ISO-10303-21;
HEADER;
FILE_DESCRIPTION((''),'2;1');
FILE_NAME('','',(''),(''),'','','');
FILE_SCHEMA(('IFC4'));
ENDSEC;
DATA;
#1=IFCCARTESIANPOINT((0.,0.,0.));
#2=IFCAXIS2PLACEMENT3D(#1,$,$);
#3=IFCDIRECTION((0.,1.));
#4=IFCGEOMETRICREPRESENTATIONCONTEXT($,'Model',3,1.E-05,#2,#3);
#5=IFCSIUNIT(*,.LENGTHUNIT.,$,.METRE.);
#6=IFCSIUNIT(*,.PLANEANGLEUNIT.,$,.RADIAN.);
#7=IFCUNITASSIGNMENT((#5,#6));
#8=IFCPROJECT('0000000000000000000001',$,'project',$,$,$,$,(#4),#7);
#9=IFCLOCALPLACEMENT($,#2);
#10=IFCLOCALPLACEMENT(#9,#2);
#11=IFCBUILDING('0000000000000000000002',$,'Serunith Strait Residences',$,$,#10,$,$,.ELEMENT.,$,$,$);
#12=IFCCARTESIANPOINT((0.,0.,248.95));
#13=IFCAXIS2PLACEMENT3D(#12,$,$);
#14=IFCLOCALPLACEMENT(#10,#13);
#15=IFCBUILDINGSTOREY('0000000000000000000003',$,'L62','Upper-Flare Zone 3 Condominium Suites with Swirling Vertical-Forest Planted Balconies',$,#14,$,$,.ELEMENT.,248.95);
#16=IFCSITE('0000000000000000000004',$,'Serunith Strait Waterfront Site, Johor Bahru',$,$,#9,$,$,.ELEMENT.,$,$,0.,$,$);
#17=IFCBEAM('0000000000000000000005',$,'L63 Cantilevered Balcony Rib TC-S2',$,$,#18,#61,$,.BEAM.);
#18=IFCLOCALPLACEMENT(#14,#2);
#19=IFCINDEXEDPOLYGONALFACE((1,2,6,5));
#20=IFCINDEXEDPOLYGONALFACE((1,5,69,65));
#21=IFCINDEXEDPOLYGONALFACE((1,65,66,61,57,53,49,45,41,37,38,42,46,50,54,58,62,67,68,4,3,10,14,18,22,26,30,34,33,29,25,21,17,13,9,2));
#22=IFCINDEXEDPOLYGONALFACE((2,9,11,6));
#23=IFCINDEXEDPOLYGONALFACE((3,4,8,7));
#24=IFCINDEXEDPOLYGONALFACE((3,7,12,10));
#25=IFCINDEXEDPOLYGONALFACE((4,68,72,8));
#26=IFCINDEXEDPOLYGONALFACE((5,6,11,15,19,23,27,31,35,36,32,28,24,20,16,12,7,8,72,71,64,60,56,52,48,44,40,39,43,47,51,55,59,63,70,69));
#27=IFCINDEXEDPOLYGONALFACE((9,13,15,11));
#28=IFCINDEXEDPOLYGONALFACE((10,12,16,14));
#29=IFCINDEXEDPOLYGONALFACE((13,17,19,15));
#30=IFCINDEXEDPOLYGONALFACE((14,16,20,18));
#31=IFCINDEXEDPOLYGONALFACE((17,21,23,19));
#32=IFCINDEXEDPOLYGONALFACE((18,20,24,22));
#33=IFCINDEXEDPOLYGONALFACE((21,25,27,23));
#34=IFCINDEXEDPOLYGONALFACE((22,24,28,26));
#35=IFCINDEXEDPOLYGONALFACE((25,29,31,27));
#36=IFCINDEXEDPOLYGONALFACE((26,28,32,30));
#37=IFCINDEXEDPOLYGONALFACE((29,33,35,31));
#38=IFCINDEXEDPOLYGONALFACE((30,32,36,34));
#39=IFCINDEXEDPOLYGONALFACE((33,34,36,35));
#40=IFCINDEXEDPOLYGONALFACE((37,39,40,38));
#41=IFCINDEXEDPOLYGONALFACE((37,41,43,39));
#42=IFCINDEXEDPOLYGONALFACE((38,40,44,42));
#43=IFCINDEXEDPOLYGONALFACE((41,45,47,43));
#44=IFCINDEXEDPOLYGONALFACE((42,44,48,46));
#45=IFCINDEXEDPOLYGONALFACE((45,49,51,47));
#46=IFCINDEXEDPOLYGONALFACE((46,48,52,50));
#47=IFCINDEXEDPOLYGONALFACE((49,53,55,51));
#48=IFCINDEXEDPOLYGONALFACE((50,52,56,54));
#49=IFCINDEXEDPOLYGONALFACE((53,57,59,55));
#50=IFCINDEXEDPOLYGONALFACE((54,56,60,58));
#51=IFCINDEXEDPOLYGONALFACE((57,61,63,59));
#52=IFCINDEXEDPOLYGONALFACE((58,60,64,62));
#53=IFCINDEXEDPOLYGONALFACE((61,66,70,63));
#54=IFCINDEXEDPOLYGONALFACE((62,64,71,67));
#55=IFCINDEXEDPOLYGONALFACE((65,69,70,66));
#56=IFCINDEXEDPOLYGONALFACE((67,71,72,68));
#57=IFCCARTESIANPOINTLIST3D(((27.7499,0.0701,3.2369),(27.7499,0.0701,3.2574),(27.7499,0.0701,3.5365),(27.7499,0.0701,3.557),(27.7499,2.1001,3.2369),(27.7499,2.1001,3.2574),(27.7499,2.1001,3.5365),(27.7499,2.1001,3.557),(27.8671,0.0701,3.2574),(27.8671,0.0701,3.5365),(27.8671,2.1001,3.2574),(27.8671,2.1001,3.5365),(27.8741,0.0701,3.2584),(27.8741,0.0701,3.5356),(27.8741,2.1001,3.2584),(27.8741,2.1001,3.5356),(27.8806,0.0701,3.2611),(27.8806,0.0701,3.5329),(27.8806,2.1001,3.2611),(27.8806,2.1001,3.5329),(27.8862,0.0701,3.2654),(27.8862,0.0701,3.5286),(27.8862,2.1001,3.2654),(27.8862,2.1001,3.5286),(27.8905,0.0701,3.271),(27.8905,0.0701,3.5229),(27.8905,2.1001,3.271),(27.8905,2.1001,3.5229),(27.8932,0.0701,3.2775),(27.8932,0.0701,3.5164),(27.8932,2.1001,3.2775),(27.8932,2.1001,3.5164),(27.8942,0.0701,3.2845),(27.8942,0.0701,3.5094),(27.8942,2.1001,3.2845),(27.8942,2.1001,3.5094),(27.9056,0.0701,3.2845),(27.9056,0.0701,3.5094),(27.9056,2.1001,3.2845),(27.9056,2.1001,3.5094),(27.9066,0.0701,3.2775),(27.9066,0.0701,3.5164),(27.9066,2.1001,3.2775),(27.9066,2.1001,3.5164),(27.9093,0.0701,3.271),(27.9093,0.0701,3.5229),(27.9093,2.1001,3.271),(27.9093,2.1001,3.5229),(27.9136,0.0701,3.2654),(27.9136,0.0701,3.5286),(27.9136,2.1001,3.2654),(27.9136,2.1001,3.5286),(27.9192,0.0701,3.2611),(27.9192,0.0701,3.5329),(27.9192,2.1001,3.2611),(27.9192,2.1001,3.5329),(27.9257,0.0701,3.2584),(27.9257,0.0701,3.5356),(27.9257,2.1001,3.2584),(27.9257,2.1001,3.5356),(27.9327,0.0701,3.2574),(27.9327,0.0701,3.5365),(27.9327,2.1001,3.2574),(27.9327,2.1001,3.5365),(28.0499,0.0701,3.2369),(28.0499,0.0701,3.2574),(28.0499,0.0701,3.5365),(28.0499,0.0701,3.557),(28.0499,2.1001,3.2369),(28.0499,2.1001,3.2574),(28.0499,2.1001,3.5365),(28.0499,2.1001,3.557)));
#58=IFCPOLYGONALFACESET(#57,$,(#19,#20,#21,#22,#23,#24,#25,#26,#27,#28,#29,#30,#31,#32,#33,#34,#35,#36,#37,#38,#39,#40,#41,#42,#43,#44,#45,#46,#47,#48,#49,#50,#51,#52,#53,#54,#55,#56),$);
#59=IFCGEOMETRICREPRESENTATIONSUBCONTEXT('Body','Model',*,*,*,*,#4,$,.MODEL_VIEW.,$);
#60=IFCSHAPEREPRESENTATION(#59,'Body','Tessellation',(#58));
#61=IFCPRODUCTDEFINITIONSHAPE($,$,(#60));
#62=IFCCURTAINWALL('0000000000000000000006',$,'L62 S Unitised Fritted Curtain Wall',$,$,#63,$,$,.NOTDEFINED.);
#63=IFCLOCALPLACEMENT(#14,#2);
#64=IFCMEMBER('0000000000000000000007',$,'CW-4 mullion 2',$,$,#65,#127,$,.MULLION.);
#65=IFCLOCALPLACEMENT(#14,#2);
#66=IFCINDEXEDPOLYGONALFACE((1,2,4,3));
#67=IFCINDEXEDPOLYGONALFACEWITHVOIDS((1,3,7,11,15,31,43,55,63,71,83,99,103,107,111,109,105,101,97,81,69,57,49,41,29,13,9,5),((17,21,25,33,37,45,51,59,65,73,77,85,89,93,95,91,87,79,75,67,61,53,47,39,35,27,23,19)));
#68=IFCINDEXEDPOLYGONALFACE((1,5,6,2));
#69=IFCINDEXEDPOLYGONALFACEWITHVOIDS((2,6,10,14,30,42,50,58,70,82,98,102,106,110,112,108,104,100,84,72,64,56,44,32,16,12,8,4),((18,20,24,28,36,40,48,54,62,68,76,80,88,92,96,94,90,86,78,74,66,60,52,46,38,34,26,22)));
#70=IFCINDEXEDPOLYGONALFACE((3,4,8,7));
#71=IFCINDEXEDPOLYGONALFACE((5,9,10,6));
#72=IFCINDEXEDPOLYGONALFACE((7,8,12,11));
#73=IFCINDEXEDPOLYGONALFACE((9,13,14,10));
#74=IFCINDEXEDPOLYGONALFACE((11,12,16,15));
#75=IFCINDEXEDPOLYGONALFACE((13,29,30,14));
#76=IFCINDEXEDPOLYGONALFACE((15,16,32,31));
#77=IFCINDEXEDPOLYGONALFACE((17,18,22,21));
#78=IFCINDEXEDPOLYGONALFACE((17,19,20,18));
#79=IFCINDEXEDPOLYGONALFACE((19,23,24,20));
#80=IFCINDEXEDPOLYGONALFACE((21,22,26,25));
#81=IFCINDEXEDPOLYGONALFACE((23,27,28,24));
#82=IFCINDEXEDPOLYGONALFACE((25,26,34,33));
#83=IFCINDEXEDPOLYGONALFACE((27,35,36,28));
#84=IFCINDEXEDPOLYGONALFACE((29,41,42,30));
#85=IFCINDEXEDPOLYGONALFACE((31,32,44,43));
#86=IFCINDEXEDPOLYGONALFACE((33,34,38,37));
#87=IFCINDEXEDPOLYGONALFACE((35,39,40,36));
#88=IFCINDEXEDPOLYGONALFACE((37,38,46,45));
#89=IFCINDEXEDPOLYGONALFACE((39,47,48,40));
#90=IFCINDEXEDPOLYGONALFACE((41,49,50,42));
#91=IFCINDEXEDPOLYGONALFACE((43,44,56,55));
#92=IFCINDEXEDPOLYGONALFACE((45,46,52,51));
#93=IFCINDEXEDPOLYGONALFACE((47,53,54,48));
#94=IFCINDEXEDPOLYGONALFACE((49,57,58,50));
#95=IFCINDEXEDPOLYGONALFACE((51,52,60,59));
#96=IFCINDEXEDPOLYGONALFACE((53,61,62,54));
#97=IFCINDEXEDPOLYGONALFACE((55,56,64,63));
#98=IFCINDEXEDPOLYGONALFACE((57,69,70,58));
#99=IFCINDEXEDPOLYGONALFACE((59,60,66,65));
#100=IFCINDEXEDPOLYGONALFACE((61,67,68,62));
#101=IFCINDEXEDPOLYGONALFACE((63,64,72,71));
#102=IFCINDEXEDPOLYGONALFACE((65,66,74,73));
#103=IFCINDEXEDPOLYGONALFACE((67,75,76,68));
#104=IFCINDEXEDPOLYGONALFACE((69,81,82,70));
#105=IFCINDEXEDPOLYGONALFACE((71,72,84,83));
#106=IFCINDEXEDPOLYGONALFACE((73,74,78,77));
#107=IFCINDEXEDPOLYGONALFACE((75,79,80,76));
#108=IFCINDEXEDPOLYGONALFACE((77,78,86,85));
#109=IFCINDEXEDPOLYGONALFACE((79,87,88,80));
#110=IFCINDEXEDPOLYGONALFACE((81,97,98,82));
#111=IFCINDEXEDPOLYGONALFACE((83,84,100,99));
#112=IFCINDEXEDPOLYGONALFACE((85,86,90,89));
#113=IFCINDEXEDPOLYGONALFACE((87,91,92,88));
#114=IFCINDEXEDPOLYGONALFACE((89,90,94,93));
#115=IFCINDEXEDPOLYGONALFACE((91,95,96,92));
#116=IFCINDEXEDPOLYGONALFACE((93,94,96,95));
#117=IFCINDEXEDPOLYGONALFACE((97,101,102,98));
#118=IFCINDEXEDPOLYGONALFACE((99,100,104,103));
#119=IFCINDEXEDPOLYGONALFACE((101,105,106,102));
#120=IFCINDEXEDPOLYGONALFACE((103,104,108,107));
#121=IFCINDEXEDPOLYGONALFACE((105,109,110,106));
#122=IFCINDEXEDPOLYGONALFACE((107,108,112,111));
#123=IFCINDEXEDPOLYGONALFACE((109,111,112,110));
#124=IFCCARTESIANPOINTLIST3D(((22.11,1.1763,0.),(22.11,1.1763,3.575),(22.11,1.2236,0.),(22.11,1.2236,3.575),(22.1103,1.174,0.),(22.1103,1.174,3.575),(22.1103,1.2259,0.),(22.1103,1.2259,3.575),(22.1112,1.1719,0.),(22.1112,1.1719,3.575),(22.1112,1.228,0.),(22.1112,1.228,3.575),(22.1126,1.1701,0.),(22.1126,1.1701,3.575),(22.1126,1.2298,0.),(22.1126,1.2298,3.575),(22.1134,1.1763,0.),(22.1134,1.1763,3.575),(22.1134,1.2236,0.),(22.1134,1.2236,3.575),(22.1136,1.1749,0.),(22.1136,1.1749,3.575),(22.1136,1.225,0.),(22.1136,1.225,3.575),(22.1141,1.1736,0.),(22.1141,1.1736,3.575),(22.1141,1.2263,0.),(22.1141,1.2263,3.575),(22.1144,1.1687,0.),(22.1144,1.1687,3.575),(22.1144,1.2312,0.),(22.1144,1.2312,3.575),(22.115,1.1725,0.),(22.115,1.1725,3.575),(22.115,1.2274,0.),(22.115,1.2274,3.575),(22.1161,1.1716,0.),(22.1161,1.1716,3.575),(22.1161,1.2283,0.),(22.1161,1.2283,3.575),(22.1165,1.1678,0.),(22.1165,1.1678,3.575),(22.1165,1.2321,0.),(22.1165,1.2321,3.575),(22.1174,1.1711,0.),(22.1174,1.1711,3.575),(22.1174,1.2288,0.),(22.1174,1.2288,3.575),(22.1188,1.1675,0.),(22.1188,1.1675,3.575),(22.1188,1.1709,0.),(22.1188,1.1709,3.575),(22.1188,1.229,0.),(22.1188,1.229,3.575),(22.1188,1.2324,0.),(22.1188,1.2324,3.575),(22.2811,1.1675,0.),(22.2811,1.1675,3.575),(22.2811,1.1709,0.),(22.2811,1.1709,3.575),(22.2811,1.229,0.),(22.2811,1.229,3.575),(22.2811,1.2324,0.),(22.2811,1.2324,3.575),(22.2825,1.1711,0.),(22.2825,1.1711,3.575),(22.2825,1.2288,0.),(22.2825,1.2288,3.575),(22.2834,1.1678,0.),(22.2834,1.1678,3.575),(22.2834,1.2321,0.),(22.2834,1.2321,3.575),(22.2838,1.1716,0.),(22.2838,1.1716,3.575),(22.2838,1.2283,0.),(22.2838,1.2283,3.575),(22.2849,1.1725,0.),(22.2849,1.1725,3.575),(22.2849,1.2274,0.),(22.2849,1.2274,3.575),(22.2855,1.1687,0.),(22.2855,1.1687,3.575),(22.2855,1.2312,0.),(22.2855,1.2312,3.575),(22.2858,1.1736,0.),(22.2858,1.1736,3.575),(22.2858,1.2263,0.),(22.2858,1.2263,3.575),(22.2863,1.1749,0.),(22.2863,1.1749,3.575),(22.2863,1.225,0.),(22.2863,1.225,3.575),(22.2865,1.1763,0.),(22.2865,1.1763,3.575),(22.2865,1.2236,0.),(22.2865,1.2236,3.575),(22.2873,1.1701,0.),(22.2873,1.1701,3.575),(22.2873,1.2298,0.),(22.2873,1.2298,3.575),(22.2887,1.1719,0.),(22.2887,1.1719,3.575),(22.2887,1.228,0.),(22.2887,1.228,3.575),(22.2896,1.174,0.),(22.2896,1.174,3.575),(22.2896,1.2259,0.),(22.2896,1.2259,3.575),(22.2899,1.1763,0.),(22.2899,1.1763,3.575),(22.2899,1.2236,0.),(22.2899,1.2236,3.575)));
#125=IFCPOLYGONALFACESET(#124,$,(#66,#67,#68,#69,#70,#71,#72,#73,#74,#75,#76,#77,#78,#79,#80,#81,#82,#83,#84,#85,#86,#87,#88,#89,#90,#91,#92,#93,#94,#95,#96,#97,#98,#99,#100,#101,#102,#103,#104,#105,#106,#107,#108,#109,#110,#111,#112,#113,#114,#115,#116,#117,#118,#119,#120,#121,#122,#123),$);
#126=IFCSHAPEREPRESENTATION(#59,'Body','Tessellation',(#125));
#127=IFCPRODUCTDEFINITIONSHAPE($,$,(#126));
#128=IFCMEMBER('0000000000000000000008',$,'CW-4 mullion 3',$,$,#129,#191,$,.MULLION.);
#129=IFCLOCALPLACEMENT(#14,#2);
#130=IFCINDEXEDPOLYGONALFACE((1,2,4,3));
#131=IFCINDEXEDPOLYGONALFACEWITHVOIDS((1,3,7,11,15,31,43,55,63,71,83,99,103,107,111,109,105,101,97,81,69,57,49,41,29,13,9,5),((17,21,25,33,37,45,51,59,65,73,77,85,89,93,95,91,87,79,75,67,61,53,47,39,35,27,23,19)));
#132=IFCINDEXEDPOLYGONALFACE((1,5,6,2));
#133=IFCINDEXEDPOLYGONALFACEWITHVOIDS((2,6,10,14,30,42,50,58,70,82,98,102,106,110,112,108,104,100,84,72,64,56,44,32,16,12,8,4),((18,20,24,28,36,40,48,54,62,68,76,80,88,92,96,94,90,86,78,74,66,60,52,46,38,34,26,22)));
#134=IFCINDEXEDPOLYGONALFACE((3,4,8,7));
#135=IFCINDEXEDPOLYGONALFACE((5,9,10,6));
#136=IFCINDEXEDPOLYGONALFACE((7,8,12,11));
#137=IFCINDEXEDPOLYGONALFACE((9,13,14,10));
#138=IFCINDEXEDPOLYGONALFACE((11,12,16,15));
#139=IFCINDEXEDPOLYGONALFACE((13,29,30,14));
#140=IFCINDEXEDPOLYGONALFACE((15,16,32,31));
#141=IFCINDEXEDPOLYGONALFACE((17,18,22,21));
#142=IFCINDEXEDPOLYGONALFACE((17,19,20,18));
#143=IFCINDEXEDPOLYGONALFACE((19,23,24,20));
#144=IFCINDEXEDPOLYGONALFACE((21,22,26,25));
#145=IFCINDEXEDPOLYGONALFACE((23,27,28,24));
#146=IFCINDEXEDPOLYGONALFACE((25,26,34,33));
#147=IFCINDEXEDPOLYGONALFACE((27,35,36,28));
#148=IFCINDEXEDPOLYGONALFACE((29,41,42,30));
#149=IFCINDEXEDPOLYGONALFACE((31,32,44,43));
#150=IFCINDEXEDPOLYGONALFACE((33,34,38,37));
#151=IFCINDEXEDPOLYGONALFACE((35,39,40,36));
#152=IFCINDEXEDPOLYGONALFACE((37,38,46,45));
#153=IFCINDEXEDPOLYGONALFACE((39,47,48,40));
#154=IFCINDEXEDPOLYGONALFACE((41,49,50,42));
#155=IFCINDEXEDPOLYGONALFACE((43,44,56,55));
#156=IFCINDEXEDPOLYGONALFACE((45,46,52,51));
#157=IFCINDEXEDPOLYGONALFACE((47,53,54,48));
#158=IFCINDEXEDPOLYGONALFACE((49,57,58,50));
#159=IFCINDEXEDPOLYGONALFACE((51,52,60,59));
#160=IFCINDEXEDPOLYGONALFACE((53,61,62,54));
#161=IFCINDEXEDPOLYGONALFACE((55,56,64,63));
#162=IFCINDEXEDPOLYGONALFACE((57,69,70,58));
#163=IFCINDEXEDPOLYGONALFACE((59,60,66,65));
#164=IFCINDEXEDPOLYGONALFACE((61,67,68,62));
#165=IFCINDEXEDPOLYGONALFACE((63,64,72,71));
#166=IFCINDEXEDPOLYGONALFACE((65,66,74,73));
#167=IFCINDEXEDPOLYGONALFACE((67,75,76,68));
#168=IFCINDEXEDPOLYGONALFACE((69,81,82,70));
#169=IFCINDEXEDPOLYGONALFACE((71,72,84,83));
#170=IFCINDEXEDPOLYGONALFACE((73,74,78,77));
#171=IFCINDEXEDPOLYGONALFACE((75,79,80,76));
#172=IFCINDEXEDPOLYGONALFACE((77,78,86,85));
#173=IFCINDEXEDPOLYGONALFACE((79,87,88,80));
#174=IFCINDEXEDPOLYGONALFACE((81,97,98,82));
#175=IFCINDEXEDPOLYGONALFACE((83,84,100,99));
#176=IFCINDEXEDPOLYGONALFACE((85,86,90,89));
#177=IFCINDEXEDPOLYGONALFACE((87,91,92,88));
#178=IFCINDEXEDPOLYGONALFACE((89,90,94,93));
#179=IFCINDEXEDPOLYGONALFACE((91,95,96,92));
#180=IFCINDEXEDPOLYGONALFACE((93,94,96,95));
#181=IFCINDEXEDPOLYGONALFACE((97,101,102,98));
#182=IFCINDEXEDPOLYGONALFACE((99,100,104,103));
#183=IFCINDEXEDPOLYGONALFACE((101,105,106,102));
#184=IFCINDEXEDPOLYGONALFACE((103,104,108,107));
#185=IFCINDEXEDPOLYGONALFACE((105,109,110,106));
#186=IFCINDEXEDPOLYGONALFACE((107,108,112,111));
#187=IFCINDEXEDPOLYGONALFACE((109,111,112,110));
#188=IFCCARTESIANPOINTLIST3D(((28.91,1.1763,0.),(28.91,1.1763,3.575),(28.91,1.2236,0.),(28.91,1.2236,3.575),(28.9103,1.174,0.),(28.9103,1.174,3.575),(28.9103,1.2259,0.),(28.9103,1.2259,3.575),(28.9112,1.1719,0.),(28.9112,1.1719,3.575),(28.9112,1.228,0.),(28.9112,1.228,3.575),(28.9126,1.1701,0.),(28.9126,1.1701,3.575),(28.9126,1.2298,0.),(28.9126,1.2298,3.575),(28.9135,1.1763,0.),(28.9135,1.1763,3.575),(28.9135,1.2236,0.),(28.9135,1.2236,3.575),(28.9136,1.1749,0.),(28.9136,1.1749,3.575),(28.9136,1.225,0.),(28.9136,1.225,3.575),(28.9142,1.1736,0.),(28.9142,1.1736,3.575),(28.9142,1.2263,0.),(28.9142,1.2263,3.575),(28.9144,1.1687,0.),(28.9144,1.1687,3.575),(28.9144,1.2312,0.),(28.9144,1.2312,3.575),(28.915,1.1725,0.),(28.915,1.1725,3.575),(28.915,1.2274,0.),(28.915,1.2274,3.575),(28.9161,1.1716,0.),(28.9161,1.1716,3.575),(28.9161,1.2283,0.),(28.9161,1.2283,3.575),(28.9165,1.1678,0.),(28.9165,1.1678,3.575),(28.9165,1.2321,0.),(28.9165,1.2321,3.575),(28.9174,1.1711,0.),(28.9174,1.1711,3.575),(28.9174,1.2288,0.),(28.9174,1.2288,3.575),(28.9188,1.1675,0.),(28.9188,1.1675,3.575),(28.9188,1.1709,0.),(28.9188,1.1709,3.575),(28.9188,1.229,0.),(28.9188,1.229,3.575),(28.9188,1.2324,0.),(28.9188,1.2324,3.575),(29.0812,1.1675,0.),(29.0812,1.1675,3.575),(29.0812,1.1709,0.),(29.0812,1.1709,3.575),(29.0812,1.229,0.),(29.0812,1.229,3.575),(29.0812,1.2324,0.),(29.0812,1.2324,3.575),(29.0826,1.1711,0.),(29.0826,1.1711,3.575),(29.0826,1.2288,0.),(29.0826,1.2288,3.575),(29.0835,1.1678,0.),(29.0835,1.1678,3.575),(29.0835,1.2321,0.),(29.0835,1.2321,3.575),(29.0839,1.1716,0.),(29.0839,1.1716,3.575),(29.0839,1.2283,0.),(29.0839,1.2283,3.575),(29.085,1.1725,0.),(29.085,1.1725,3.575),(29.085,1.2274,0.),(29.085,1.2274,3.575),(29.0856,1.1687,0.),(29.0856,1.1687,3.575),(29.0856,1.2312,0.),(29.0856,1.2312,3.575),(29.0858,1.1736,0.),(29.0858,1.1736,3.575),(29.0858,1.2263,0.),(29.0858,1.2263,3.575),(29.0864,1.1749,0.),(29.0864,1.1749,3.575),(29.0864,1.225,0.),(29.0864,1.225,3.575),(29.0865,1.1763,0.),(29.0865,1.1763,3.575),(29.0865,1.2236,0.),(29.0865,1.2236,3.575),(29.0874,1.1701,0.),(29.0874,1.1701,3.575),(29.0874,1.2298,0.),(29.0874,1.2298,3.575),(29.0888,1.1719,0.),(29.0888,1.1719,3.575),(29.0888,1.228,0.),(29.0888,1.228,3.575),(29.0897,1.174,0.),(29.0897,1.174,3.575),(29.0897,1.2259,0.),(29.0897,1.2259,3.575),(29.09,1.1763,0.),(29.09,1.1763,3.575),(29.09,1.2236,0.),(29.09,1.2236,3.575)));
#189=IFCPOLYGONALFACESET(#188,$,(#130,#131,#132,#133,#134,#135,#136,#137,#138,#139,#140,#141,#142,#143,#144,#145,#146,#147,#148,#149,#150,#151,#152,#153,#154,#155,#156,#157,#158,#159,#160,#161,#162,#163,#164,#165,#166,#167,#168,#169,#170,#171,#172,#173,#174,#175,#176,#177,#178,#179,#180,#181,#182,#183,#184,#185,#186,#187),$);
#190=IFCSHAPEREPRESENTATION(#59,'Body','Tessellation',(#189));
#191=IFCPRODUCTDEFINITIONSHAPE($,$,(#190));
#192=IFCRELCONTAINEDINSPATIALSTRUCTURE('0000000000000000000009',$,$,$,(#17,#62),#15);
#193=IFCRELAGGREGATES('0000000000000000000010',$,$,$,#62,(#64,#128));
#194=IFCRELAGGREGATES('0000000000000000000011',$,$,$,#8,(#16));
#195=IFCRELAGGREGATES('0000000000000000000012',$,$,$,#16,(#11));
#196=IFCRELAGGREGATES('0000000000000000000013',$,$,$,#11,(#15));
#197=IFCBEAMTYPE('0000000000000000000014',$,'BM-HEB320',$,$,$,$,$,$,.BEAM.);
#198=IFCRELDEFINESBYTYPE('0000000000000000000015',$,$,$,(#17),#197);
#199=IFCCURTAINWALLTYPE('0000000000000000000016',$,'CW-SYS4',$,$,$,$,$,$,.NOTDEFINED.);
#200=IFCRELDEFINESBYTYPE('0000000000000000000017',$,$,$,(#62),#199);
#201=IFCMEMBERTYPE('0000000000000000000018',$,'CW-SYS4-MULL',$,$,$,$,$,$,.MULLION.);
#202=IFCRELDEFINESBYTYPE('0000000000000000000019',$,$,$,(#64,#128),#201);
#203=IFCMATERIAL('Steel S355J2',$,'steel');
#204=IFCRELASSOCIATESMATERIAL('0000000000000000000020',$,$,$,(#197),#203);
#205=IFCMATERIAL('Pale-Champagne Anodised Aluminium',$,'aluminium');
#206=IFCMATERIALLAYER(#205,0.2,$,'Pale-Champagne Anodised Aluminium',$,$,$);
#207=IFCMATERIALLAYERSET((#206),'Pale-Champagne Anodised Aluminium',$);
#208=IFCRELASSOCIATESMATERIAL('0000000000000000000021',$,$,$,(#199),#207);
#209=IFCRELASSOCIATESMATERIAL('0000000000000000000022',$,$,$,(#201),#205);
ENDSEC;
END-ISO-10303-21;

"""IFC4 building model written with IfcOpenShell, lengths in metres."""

from ifc_helpers import new_model, si_unit, direction, frame, origin, origin_2d, place, context, subcontext, project, spatial, hollow_rectangle, i_section, extrude, source, transform, mapped, material, layer, layer_set, material_profile, profile_set, type_object, element, aggregate, save


model = new_model("IFC4")

# Units and contexts
model_context = context("Model", 3, precision=1e-05, world=origin(), true_north=direction((0.0, 1.0)))
body_context = subcontext(model_context, "Body", "Model", "MODEL_VIEW")
ifc_project = project(units=[si_unit("LENGTHUNIT", "METRE"), si_unit("PLANEANGLEUNIT", "RADIAN")], contexts=[model_context])

# Site, building, storey
site_placement = place(None, origin())
site = spatial("IfcSite", under=ifc_project, at=site_placement, Name="Serunith Strait Waterfront Site, Johor Bahru", CompositionType="ELEMENT", RefElevation=0.0)
building_placement = place(site_placement, origin())
building = spatial("IfcBuilding", under=site, at=building_placement, Name="Serunith Strait Residences", CompositionType="ELEMENT")
storey_placement = place(building_placement, frame((0.0, 0.0, 248.95)))
storey = spatial("IfcBuildingStorey", under=building, at=storey_placement, Name="L62", Description="Upper-Flare Zone 3 Condominium Suites with Swirling Vertical-Forest Planted Balconies", CompositionType="ELEMENT", Elevation=248.95)

# Beam
ifc_material_1 = material(Name="Steel S355J2", Category="steel")
ifc_material_profile_1 = material_profile(ifc_material_1, i_section(OverallWidth=0.3, OverallDepth=0.3201, WebThickness=0.0115, FlangeThickness=0.0205, FilletRadius=0.0271, at=origin_2d()), Name="HEB 320")
ifc_profile_set_1 = profile_set([ifc_material_profile_1], Name="Steel S355J2")
beam_type_1 = type_object("IfcBeamType", Name="BM-HEB320", PredefinedType="BEAM", material=ifc_profile_set_1)
shared_shape_1 = source(origin(), body_context, "Body", "SweptSolid", [
    extrude(i_section(OverallWidth=0.3, OverallDepth=0.3201, WebThickness=0.0115, FlangeThickness=0.0205, FilletRadius=0.0271, at=origin_2d()), origin(), (0.0, 0.0, 1.0), 2.03),
])
beam_1_placement = place(storey_placement, frame((27.8999, 2.1001, 3.397), z_axis=(0.0, -1.0, 0.0), x_axis=(1.0, 0.0, 0.0)))
element("IfcBeam", 1, at=beam_1_placement, inside=storey, type_object=beam_type_1, Name="L63 Cantilevered Balcony Rib TC-S2", PredefinedType="BEAM", context=body_context, shape_type="MappedRepresentation", body=[
    mapped(shared_shape_1, transform((0.0, 0.0, 0.0), scale=1.0)),
])

# Curtain wall, members
ifc_material_2 = material(Name="Pale-Champagne Anodised Aluminium", Category="aluminium")
ifc_layer_1 = layer(ifc_material_2, 0.2, Name="Pale-Champagne Anodised Aluminium")
ifc_layer_set_1 = layer_set([ifc_layer_1], Name="Pale-Champagne Anodised Aluminium")
curtain_wall_type = type_object("IfcCurtainWallType", Name="CW-SYS4", PredefinedType="NOTDEFINED", material=ifc_layer_set_1)
curtain_wall_placement = place(storey_placement, origin())
curtain_wall = element("IfcCurtainWall", 2, at=curtain_wall_placement, inside=storey, type_object=curtain_wall_type, Name="L62 S Unitised Fritted Curtain Wall", PredefinedType="NOTDEFINED")
ifc_material_profile_2 = material_profile(ifc_material_2, hollow_rectangle(XDim=0.0649, YDim=0.1799, WallThickness=0.0034, InnerFilletRadius=0.0054, OuterFilletRadius=0.0088, at=origin_2d()), Name="ALU 180x65x3.5")
ifc_profile_set_2 = profile_set([ifc_material_profile_2], Name="Pale-Champagne Anodised Aluminium")
member_type_1 = type_object("IfcMemberType", Name="CW-SYS4-MULL", PredefinedType="MULLION", material=ifc_profile_set_2)
shared_shape_2 = source(origin(), body_context, "Body", "SweptSolid", [
    extrude(hollow_rectangle(XDim=0.0649, YDim=0.1799, WallThickness=0.0034, InnerFilletRadius=0.0054, OuterFilletRadius=0.0088, at=origin_2d()), origin(), (0.0, 0.0, 1.0), 3.575),
])
member_1_placement = place(storey_placement, frame((22.2, 1.2, 0.0), z_axis=(0.0, 0.0, 1.0), x_axis=(0.0, 1.0, 0.0)))
member_1 = element("IfcMember", 3, at=member_1_placement, type_object=member_type_1, Name="CW-4 mullion 2", PredefinedType="MULLION", context=body_context, shape_type="MappedRepresentation", body=[
    mapped(shared_shape_2, transform((0.0, 0.0, 0.0), scale=1.0)),
])
member_2_placement = place(storey_placement, frame((29.0, 1.2, 0.0), z_axis=(0.0, 0.0, 1.0), x_axis=(0.0, 1.0, 0.0)))
member_2 = element("IfcMember", 4, at=member_2_placement, type_object=member_type_1, Name="CW-4 mullion 3", PredefinedType="MULLION", context=body_context, shape_type="MappedRepresentation", body=[
    mapped(shared_shape_2, transform((0.0, 0.0, 0.0), scale=1.0)),
])
aggregate(curtain_wall, [member_1, member_2])

save(model, "model.ifc")
